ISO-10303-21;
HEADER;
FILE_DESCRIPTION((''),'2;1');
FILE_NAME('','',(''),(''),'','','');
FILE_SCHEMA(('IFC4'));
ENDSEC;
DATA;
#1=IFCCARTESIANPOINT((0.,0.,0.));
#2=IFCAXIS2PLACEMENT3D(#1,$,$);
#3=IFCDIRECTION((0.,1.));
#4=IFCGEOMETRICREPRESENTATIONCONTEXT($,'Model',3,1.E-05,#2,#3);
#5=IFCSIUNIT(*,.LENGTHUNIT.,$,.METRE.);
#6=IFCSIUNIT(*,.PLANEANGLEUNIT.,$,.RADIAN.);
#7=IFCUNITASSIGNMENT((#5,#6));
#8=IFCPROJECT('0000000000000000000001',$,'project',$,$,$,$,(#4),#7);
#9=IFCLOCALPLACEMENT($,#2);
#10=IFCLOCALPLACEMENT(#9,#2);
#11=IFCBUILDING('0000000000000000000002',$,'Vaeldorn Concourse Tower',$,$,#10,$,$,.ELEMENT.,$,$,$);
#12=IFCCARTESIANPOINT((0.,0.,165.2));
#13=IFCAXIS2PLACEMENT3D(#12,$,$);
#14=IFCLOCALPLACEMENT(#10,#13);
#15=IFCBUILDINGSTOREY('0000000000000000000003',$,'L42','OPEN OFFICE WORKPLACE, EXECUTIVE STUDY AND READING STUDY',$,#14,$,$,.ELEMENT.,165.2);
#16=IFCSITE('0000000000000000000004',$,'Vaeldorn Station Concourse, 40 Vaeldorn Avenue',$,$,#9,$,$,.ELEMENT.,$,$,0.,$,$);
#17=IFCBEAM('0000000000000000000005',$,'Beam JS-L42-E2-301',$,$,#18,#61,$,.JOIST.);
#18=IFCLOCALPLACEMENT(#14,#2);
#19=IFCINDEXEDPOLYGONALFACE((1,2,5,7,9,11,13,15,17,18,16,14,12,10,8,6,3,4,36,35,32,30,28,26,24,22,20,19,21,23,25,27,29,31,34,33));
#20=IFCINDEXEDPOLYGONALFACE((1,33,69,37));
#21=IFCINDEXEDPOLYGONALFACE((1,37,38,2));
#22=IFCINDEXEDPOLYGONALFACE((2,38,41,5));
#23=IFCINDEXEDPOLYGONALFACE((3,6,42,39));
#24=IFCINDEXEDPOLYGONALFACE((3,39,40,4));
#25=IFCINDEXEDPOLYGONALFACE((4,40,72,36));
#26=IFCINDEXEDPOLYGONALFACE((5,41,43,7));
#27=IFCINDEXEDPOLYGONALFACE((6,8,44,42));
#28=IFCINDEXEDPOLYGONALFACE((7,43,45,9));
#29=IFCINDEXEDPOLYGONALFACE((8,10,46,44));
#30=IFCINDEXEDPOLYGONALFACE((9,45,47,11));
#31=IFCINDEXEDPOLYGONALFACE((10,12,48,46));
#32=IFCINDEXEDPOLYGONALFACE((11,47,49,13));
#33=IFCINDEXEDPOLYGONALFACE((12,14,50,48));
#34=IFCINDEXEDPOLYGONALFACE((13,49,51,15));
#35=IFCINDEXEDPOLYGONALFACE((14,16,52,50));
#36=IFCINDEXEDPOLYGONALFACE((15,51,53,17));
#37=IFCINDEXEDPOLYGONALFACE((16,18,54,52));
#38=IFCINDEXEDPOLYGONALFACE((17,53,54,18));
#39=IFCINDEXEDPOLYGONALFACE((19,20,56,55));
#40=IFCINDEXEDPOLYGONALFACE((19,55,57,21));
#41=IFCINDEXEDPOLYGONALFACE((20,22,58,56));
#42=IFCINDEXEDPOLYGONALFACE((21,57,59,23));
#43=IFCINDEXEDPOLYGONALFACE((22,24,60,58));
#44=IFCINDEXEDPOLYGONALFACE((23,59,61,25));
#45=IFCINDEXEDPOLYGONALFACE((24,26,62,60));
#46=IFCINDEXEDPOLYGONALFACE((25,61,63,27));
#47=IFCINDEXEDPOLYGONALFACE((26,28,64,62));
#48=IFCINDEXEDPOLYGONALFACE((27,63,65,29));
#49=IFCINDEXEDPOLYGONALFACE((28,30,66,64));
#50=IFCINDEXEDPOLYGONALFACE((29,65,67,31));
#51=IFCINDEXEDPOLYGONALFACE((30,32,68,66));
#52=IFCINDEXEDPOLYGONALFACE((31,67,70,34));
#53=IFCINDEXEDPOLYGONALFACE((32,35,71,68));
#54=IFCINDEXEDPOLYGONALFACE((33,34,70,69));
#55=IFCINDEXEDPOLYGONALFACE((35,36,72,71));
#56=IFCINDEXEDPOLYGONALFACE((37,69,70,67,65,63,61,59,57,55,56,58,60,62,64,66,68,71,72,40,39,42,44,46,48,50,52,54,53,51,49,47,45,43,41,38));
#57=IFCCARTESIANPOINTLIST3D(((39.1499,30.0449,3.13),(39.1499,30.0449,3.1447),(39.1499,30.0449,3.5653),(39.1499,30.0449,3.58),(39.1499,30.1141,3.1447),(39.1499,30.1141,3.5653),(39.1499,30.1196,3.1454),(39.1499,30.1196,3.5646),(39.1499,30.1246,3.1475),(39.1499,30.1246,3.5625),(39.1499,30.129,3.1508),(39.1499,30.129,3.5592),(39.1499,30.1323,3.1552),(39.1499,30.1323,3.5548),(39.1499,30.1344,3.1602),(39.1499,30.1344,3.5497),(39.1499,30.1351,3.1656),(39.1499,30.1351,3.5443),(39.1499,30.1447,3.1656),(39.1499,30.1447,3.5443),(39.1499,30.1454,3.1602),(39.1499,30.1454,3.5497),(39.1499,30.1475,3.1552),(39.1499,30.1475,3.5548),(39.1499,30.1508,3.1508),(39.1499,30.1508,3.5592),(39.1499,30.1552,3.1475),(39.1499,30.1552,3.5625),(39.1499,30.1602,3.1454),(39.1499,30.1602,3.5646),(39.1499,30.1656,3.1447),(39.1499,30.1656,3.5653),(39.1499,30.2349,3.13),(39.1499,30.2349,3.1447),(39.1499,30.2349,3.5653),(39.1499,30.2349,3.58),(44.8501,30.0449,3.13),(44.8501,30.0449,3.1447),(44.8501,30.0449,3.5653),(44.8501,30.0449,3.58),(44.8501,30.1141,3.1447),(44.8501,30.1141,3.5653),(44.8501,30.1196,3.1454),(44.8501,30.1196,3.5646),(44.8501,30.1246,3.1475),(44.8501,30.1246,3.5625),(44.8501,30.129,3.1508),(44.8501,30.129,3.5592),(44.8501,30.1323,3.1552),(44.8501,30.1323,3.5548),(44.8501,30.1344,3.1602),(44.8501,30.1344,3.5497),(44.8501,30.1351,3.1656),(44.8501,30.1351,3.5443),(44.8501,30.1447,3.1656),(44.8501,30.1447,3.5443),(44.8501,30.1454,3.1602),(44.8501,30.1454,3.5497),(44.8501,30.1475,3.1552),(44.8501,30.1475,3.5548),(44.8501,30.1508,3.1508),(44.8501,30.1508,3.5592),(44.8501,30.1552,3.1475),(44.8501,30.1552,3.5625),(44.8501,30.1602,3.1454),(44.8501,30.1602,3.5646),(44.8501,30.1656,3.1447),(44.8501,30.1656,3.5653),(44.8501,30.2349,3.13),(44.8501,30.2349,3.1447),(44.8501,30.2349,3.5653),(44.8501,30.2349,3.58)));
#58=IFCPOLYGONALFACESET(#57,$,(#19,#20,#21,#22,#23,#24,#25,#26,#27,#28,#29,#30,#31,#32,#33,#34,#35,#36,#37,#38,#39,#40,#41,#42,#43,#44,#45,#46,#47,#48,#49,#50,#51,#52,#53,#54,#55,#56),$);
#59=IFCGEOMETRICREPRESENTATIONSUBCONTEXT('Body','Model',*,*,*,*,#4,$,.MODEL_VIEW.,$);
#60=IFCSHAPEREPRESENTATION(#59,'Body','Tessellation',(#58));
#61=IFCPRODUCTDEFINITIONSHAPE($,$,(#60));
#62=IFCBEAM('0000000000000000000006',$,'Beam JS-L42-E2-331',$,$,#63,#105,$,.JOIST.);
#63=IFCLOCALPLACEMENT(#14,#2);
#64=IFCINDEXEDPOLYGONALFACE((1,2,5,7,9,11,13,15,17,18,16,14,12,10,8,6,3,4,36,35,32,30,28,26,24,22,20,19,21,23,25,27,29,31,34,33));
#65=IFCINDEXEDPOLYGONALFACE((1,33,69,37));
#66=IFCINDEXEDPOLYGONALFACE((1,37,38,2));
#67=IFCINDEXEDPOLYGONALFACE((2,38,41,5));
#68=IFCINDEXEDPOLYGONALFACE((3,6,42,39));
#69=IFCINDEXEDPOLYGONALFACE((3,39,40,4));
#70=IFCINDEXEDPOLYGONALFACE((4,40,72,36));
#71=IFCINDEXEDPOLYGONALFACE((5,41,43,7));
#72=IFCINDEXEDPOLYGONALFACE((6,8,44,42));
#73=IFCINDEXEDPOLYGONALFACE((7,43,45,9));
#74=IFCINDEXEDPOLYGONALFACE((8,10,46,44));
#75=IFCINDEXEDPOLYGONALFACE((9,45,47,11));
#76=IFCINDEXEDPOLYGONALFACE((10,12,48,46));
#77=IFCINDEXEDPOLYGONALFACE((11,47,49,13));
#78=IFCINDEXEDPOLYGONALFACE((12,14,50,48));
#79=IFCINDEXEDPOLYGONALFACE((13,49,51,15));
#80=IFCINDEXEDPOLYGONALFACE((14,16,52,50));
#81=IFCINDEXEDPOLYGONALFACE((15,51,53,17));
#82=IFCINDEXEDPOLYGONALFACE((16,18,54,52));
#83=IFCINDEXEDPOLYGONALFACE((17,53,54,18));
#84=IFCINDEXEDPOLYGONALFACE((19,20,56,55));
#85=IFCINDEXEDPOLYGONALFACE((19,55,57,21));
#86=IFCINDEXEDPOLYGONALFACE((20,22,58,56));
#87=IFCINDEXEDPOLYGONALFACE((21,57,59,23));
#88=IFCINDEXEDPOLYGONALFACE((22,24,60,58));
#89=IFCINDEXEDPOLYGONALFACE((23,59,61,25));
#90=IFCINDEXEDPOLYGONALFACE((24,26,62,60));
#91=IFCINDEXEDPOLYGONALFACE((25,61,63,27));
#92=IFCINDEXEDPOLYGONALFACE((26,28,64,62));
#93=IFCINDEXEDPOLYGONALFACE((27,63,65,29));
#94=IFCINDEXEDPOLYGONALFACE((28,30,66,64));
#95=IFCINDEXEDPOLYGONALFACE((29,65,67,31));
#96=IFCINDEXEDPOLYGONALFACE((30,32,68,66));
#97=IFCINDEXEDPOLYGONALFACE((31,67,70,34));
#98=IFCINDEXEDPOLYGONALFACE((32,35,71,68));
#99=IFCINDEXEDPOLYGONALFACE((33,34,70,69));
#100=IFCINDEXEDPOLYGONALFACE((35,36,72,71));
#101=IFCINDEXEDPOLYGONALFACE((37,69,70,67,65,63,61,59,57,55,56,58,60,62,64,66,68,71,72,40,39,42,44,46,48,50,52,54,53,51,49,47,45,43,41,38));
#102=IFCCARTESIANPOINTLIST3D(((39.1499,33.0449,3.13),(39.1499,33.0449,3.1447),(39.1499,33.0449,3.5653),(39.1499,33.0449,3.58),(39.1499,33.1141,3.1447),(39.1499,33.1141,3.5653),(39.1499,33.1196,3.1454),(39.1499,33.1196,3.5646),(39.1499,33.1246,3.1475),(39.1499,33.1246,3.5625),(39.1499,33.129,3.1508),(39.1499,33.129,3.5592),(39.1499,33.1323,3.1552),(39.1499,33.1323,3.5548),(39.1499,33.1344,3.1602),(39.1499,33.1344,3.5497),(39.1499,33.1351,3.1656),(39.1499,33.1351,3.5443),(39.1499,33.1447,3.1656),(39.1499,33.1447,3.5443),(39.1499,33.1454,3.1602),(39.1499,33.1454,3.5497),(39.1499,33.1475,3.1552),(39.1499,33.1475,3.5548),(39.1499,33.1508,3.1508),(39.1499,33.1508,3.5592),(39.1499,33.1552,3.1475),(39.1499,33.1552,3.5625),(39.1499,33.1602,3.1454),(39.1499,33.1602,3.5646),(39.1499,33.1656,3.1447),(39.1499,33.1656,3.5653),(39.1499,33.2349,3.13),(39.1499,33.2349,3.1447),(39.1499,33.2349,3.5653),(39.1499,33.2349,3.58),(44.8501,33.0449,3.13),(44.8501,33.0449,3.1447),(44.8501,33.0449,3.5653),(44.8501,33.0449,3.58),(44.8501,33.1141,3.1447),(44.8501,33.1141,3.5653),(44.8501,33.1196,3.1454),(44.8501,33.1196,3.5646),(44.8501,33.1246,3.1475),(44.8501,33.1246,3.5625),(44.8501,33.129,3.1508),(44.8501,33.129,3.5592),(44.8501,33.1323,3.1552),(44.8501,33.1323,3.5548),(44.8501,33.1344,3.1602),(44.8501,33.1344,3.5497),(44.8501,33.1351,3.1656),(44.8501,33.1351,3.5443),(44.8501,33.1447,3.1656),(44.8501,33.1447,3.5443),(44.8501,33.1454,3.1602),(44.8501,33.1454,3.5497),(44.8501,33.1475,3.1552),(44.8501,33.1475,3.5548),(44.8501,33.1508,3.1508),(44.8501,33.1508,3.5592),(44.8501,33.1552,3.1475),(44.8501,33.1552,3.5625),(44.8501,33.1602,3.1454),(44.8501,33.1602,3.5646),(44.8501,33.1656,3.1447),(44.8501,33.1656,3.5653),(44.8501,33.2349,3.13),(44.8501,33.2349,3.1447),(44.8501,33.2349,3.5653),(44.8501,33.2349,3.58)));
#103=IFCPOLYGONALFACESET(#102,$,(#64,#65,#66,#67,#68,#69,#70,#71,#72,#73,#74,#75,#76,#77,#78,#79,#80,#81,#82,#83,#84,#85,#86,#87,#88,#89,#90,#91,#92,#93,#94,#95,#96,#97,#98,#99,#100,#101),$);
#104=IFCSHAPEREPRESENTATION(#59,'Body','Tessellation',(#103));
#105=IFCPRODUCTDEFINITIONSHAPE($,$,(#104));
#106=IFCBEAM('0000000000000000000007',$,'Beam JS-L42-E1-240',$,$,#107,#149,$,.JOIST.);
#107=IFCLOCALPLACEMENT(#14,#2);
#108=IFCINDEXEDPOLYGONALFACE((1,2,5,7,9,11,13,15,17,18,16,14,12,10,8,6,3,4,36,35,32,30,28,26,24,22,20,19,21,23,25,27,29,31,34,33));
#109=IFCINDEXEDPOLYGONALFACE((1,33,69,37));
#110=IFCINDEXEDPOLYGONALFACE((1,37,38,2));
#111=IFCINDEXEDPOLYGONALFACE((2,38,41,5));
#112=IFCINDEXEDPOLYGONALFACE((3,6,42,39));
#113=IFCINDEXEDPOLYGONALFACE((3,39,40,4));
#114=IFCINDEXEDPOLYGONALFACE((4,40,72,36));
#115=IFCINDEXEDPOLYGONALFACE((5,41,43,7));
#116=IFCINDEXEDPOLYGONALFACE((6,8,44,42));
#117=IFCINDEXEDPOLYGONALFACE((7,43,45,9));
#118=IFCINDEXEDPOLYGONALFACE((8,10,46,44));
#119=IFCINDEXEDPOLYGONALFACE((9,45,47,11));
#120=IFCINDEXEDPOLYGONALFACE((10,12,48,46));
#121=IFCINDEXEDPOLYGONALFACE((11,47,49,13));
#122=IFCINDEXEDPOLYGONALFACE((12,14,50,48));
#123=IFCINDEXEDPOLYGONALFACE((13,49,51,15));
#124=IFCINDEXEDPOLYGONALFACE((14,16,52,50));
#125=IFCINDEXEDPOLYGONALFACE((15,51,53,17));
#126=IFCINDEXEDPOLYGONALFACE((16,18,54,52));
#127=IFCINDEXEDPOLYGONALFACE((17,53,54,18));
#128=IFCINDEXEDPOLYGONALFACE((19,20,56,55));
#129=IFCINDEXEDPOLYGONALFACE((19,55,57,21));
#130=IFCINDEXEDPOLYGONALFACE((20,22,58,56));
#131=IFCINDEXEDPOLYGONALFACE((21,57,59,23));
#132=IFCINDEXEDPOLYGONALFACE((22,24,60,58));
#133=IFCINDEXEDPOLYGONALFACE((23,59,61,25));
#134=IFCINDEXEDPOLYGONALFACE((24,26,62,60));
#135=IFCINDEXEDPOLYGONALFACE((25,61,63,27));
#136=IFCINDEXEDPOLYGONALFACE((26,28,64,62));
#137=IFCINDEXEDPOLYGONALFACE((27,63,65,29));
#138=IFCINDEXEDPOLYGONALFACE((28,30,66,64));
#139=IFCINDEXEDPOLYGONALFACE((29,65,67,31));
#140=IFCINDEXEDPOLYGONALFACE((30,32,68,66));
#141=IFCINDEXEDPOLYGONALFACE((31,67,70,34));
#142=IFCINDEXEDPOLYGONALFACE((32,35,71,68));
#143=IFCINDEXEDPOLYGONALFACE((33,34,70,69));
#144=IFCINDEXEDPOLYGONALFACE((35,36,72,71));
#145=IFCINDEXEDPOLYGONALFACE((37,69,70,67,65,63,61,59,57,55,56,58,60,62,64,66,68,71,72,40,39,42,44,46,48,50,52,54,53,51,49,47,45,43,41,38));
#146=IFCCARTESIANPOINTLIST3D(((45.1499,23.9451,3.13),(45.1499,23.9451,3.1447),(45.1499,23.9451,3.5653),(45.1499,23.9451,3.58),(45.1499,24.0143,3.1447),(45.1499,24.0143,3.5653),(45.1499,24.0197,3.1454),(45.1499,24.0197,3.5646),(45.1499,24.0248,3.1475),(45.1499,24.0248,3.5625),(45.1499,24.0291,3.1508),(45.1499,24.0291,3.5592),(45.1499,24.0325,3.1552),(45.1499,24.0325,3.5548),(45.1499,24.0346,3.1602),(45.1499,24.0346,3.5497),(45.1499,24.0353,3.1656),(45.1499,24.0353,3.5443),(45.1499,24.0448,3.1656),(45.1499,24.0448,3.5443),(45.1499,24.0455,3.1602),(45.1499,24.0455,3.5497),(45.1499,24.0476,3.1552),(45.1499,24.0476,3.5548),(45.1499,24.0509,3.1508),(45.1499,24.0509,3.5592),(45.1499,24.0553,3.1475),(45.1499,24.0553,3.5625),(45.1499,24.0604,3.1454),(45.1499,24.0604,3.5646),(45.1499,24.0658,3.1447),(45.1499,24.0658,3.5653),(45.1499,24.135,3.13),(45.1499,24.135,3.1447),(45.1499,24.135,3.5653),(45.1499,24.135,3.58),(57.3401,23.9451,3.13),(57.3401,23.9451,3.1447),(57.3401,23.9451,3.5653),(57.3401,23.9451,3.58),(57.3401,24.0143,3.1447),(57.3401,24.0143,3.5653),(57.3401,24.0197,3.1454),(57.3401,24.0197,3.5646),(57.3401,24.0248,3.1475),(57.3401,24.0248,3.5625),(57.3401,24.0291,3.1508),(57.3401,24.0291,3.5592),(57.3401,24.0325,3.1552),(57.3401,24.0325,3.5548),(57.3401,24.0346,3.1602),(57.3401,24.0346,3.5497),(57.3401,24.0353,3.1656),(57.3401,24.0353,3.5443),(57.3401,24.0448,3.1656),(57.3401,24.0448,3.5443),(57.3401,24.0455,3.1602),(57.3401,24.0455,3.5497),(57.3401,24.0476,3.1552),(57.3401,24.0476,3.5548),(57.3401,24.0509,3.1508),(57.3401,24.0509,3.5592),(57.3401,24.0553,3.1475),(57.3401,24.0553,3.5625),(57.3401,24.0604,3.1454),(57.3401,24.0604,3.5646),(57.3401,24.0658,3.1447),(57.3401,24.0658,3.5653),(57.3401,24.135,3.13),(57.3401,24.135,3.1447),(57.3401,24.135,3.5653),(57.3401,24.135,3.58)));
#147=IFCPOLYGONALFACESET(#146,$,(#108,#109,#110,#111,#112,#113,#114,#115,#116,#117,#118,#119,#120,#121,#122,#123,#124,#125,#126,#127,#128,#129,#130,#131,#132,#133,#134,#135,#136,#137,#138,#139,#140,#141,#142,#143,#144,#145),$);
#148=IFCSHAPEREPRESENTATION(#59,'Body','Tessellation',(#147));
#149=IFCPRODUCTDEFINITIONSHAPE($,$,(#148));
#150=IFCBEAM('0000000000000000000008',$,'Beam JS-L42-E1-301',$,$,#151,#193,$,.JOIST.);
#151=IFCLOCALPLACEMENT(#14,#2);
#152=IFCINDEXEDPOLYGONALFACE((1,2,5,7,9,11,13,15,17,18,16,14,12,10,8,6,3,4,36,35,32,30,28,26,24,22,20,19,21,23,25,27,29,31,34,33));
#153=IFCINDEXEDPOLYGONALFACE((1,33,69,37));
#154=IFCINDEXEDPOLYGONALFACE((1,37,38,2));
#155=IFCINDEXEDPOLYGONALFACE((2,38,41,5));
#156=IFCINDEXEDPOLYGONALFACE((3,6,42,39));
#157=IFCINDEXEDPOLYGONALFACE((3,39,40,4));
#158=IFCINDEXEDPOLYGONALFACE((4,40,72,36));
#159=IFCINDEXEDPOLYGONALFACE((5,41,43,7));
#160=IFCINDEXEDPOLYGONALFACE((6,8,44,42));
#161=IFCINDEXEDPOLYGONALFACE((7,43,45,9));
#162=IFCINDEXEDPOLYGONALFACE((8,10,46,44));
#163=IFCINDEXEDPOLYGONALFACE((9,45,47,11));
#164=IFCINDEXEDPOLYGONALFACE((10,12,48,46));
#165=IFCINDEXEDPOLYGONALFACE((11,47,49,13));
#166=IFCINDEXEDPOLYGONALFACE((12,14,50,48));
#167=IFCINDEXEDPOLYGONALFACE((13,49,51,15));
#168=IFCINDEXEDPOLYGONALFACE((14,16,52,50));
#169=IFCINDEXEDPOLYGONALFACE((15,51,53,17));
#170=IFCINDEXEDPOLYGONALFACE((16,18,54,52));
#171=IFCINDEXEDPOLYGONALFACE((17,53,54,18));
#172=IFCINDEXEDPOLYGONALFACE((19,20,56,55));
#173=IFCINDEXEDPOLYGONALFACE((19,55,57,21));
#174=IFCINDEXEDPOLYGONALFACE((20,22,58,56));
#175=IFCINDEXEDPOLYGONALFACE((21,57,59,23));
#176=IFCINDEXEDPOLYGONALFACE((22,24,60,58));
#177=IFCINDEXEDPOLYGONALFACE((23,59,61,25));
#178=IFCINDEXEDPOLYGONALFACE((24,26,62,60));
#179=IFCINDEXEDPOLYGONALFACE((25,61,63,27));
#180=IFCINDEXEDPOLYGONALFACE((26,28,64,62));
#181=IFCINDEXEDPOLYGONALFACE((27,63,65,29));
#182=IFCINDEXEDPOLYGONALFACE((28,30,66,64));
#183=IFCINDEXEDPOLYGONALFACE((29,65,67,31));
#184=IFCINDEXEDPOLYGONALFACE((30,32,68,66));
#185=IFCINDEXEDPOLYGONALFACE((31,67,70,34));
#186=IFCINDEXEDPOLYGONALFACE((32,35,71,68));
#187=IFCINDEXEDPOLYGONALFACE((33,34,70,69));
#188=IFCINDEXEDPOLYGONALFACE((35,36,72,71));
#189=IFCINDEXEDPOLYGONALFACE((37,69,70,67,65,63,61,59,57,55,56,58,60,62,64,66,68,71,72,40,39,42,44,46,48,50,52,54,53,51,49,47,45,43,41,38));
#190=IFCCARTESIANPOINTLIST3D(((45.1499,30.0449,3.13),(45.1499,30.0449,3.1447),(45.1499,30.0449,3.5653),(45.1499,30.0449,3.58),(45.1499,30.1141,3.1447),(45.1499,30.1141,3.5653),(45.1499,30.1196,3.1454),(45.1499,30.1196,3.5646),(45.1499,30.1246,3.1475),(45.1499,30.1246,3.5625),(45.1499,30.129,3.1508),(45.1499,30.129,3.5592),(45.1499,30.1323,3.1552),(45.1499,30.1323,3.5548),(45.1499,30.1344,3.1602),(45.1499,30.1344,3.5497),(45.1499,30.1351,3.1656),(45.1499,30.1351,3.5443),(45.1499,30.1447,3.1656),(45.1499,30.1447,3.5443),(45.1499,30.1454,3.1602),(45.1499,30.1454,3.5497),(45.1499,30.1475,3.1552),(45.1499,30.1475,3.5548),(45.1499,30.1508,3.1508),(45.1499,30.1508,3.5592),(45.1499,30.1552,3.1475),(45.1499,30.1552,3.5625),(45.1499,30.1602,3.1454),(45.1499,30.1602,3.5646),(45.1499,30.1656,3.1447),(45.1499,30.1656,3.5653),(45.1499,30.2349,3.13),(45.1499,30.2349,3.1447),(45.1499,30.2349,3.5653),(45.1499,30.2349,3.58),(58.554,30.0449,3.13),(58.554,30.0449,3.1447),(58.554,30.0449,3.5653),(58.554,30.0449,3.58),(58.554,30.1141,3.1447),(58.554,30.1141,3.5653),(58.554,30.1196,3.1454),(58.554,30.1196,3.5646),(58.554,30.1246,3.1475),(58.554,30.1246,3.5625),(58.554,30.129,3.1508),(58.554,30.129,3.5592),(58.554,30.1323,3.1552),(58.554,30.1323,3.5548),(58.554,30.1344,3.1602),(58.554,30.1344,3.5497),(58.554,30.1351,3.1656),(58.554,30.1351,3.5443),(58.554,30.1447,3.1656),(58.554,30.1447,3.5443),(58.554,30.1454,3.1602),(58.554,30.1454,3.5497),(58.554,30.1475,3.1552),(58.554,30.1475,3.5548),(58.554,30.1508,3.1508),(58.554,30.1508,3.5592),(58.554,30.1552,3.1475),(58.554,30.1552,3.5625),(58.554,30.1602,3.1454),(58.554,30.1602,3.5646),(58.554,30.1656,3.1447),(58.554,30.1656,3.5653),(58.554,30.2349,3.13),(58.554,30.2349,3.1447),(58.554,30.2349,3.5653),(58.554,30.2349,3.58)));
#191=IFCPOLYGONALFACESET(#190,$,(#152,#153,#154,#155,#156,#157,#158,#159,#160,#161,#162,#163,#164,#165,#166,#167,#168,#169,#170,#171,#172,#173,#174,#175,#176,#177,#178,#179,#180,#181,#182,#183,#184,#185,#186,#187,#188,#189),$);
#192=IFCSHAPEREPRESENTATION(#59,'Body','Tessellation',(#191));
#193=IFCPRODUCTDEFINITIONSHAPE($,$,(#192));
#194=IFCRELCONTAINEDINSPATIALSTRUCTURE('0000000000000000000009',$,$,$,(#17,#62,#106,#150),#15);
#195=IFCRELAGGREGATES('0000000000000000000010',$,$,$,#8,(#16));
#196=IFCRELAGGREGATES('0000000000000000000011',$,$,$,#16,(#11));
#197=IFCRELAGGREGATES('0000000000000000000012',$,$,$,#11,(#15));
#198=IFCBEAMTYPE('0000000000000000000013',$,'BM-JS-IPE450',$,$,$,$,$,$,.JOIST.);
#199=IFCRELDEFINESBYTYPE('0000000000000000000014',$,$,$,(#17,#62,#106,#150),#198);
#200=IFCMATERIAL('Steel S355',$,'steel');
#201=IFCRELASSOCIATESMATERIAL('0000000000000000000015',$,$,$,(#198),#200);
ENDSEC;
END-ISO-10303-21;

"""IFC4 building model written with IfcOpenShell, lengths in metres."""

from ifc_helpers import new_model, si_unit, direction, frame, origin, origin_2d, place, context, subcontext, project, spatial, i_section, extrude, source, transform, mapped, material, material_profile, profile_set, type_object, element, save


model = new_model("IFC4")

# Units and contexts
model_context = context("Model", 3, precision=1e-05, world=origin(), true_north=direction((0.0, 1.0)))
body_context = subcontext(model_context, "Body", "Model", "MODEL_VIEW")
ifc_project = project(units=[si_unit("LENGTHUNIT", "METRE"), si_unit("PLANEANGLEUNIT", "RADIAN")], contexts=[model_context])

# Site, building, storey
site_placement = place(None, origin())
site = spatial("IfcSite", under=ifc_project, at=site_placement, Name="Vaeldorn Station Concourse, 40 Vaeldorn Avenue", CompositionType="ELEMENT", RefElevation=0.0)
building_placement = place(site_placement, origin())
building = spatial("IfcBuilding", under=site, at=building_placement, Name="Vaeldorn Concourse Tower", CompositionType="ELEMENT")
storey_placement = place(building_placement, frame((0.0, 0.0, 165.2)))
storey = spatial("IfcBuildingStorey", under=building, at=storey_placement, Name="L42", Description="OPEN OFFICE WORKPLACE, EXECUTIVE STUDY AND READING STUDY", CompositionType="ELEMENT", Elevation=165.2)

# Beams
ifc_material_1 = material(Name="Steel S355", Category="steel")
ifc_material_profile_1 = material_profile(ifc_material_1, i_section(OverallWidth=0.1899, OverallDepth=0.45, WebThickness=0.0095, FlangeThickness=0.0146, FilletRadius=0.021, at=origin_2d()), Name="IPE 450")
ifc_profile_set_1 = profile_set([ifc_material_profile_1], Name="Steel S355")
beam_type_1 = type_object("IfcBeamType", Name="BM-JS-IPE450", PredefinedType="JOIST", material=ifc_profile_set_1)
shared_shape_1 = source(origin(), body_context, "Body", "SweptSolid", [
    extrude(i_section(OverallWidth=0.1899, OverallDepth=0.45, WebThickness=0.0095, FlangeThickness=0.0146, FilletRadius=0.021, at=origin_2d()), origin(), (0.0, 0.0, 1.0), 5.7002),
])
for number, where, z_axis, x_axis, name in (
    (1, (39.1499, 30.1399, 3.355), (1.0, 0.0, 0.0), (0.0, 1.0, 0.0), "Beam JS-L42-E2-301"),
    (2, (39.1499, 33.1399, 3.355), (1.0, 0.0, 0.0), (0.0, 1.0, 0.0), "Beam JS-L42-E2-331"),
):
    element("IfcBeam", number, at=place(storey_placement, frame(where, z_axis=z_axis, x_axis=x_axis)), inside=storey, type_object=beam_type_1, Name=name, PredefinedType="JOIST", context=body_context, shape_type="MappedRepresentation", body=[
        mapped(shared_shape_1, transform((0.0, 0.0, 0.0), scale=1.0)),
    ])
shared_shape_2 = source(origin(), body_context, "Body", "SweptSolid", [
    extrude(i_section(OverallWidth=0.1899, OverallDepth=0.45, WebThickness=0.0095, FlangeThickness=0.0146, FilletRadius=0.021, at=origin_2d()), origin(), (0.0, 0.0, 1.0), 12.1902),
])
beam_1_placement = place(storey_placement, frame((45.1499, 24.04, 3.355), z_axis=(1.0, 0.0, 0.0), x_axis=(0.0, 1.0, 0.0)))
element("IfcBeam", 3, at=beam_1_placement, inside=storey, type_object=beam_type_1, Name="Beam JS-L42-E1-240", PredefinedType="JOIST", context=body_context, shape_type="MappedRepresentation", body=[
    mapped(shared_shape_2, transform((0.0, 0.0, 0.0), scale=1.0)),
])
shared_shape_3 = source(origin(), body_context, "Body", "SweptSolid", [
    extrude(i_section(OverallWidth=0.1899, OverallDepth=0.45, WebThickness=0.0095, FlangeThickness=0.0146, FilletRadius=0.021, at=origin_2d()), origin(), (0.0, 0.0, 1.0), 13.4041),
])
beam_2_placement = place(storey_placement, frame((45.1499, 30.1399, 3.355), z_axis=(1.0, 0.0, 0.0), x_axis=(0.0, 1.0, 0.0)))
element("IfcBeam", 4, at=beam_2_placement, inside=storey, type_object=beam_type_1, Name="Beam JS-L42-E1-301", PredefinedType="JOIST", context=body_context, shape_type="MappedRepresentation", body=[
    mapped(shared_shape_3, transform((0.0, 0.0, 0.0), scale=1.0)),
])

save(model, "model.ifc")
